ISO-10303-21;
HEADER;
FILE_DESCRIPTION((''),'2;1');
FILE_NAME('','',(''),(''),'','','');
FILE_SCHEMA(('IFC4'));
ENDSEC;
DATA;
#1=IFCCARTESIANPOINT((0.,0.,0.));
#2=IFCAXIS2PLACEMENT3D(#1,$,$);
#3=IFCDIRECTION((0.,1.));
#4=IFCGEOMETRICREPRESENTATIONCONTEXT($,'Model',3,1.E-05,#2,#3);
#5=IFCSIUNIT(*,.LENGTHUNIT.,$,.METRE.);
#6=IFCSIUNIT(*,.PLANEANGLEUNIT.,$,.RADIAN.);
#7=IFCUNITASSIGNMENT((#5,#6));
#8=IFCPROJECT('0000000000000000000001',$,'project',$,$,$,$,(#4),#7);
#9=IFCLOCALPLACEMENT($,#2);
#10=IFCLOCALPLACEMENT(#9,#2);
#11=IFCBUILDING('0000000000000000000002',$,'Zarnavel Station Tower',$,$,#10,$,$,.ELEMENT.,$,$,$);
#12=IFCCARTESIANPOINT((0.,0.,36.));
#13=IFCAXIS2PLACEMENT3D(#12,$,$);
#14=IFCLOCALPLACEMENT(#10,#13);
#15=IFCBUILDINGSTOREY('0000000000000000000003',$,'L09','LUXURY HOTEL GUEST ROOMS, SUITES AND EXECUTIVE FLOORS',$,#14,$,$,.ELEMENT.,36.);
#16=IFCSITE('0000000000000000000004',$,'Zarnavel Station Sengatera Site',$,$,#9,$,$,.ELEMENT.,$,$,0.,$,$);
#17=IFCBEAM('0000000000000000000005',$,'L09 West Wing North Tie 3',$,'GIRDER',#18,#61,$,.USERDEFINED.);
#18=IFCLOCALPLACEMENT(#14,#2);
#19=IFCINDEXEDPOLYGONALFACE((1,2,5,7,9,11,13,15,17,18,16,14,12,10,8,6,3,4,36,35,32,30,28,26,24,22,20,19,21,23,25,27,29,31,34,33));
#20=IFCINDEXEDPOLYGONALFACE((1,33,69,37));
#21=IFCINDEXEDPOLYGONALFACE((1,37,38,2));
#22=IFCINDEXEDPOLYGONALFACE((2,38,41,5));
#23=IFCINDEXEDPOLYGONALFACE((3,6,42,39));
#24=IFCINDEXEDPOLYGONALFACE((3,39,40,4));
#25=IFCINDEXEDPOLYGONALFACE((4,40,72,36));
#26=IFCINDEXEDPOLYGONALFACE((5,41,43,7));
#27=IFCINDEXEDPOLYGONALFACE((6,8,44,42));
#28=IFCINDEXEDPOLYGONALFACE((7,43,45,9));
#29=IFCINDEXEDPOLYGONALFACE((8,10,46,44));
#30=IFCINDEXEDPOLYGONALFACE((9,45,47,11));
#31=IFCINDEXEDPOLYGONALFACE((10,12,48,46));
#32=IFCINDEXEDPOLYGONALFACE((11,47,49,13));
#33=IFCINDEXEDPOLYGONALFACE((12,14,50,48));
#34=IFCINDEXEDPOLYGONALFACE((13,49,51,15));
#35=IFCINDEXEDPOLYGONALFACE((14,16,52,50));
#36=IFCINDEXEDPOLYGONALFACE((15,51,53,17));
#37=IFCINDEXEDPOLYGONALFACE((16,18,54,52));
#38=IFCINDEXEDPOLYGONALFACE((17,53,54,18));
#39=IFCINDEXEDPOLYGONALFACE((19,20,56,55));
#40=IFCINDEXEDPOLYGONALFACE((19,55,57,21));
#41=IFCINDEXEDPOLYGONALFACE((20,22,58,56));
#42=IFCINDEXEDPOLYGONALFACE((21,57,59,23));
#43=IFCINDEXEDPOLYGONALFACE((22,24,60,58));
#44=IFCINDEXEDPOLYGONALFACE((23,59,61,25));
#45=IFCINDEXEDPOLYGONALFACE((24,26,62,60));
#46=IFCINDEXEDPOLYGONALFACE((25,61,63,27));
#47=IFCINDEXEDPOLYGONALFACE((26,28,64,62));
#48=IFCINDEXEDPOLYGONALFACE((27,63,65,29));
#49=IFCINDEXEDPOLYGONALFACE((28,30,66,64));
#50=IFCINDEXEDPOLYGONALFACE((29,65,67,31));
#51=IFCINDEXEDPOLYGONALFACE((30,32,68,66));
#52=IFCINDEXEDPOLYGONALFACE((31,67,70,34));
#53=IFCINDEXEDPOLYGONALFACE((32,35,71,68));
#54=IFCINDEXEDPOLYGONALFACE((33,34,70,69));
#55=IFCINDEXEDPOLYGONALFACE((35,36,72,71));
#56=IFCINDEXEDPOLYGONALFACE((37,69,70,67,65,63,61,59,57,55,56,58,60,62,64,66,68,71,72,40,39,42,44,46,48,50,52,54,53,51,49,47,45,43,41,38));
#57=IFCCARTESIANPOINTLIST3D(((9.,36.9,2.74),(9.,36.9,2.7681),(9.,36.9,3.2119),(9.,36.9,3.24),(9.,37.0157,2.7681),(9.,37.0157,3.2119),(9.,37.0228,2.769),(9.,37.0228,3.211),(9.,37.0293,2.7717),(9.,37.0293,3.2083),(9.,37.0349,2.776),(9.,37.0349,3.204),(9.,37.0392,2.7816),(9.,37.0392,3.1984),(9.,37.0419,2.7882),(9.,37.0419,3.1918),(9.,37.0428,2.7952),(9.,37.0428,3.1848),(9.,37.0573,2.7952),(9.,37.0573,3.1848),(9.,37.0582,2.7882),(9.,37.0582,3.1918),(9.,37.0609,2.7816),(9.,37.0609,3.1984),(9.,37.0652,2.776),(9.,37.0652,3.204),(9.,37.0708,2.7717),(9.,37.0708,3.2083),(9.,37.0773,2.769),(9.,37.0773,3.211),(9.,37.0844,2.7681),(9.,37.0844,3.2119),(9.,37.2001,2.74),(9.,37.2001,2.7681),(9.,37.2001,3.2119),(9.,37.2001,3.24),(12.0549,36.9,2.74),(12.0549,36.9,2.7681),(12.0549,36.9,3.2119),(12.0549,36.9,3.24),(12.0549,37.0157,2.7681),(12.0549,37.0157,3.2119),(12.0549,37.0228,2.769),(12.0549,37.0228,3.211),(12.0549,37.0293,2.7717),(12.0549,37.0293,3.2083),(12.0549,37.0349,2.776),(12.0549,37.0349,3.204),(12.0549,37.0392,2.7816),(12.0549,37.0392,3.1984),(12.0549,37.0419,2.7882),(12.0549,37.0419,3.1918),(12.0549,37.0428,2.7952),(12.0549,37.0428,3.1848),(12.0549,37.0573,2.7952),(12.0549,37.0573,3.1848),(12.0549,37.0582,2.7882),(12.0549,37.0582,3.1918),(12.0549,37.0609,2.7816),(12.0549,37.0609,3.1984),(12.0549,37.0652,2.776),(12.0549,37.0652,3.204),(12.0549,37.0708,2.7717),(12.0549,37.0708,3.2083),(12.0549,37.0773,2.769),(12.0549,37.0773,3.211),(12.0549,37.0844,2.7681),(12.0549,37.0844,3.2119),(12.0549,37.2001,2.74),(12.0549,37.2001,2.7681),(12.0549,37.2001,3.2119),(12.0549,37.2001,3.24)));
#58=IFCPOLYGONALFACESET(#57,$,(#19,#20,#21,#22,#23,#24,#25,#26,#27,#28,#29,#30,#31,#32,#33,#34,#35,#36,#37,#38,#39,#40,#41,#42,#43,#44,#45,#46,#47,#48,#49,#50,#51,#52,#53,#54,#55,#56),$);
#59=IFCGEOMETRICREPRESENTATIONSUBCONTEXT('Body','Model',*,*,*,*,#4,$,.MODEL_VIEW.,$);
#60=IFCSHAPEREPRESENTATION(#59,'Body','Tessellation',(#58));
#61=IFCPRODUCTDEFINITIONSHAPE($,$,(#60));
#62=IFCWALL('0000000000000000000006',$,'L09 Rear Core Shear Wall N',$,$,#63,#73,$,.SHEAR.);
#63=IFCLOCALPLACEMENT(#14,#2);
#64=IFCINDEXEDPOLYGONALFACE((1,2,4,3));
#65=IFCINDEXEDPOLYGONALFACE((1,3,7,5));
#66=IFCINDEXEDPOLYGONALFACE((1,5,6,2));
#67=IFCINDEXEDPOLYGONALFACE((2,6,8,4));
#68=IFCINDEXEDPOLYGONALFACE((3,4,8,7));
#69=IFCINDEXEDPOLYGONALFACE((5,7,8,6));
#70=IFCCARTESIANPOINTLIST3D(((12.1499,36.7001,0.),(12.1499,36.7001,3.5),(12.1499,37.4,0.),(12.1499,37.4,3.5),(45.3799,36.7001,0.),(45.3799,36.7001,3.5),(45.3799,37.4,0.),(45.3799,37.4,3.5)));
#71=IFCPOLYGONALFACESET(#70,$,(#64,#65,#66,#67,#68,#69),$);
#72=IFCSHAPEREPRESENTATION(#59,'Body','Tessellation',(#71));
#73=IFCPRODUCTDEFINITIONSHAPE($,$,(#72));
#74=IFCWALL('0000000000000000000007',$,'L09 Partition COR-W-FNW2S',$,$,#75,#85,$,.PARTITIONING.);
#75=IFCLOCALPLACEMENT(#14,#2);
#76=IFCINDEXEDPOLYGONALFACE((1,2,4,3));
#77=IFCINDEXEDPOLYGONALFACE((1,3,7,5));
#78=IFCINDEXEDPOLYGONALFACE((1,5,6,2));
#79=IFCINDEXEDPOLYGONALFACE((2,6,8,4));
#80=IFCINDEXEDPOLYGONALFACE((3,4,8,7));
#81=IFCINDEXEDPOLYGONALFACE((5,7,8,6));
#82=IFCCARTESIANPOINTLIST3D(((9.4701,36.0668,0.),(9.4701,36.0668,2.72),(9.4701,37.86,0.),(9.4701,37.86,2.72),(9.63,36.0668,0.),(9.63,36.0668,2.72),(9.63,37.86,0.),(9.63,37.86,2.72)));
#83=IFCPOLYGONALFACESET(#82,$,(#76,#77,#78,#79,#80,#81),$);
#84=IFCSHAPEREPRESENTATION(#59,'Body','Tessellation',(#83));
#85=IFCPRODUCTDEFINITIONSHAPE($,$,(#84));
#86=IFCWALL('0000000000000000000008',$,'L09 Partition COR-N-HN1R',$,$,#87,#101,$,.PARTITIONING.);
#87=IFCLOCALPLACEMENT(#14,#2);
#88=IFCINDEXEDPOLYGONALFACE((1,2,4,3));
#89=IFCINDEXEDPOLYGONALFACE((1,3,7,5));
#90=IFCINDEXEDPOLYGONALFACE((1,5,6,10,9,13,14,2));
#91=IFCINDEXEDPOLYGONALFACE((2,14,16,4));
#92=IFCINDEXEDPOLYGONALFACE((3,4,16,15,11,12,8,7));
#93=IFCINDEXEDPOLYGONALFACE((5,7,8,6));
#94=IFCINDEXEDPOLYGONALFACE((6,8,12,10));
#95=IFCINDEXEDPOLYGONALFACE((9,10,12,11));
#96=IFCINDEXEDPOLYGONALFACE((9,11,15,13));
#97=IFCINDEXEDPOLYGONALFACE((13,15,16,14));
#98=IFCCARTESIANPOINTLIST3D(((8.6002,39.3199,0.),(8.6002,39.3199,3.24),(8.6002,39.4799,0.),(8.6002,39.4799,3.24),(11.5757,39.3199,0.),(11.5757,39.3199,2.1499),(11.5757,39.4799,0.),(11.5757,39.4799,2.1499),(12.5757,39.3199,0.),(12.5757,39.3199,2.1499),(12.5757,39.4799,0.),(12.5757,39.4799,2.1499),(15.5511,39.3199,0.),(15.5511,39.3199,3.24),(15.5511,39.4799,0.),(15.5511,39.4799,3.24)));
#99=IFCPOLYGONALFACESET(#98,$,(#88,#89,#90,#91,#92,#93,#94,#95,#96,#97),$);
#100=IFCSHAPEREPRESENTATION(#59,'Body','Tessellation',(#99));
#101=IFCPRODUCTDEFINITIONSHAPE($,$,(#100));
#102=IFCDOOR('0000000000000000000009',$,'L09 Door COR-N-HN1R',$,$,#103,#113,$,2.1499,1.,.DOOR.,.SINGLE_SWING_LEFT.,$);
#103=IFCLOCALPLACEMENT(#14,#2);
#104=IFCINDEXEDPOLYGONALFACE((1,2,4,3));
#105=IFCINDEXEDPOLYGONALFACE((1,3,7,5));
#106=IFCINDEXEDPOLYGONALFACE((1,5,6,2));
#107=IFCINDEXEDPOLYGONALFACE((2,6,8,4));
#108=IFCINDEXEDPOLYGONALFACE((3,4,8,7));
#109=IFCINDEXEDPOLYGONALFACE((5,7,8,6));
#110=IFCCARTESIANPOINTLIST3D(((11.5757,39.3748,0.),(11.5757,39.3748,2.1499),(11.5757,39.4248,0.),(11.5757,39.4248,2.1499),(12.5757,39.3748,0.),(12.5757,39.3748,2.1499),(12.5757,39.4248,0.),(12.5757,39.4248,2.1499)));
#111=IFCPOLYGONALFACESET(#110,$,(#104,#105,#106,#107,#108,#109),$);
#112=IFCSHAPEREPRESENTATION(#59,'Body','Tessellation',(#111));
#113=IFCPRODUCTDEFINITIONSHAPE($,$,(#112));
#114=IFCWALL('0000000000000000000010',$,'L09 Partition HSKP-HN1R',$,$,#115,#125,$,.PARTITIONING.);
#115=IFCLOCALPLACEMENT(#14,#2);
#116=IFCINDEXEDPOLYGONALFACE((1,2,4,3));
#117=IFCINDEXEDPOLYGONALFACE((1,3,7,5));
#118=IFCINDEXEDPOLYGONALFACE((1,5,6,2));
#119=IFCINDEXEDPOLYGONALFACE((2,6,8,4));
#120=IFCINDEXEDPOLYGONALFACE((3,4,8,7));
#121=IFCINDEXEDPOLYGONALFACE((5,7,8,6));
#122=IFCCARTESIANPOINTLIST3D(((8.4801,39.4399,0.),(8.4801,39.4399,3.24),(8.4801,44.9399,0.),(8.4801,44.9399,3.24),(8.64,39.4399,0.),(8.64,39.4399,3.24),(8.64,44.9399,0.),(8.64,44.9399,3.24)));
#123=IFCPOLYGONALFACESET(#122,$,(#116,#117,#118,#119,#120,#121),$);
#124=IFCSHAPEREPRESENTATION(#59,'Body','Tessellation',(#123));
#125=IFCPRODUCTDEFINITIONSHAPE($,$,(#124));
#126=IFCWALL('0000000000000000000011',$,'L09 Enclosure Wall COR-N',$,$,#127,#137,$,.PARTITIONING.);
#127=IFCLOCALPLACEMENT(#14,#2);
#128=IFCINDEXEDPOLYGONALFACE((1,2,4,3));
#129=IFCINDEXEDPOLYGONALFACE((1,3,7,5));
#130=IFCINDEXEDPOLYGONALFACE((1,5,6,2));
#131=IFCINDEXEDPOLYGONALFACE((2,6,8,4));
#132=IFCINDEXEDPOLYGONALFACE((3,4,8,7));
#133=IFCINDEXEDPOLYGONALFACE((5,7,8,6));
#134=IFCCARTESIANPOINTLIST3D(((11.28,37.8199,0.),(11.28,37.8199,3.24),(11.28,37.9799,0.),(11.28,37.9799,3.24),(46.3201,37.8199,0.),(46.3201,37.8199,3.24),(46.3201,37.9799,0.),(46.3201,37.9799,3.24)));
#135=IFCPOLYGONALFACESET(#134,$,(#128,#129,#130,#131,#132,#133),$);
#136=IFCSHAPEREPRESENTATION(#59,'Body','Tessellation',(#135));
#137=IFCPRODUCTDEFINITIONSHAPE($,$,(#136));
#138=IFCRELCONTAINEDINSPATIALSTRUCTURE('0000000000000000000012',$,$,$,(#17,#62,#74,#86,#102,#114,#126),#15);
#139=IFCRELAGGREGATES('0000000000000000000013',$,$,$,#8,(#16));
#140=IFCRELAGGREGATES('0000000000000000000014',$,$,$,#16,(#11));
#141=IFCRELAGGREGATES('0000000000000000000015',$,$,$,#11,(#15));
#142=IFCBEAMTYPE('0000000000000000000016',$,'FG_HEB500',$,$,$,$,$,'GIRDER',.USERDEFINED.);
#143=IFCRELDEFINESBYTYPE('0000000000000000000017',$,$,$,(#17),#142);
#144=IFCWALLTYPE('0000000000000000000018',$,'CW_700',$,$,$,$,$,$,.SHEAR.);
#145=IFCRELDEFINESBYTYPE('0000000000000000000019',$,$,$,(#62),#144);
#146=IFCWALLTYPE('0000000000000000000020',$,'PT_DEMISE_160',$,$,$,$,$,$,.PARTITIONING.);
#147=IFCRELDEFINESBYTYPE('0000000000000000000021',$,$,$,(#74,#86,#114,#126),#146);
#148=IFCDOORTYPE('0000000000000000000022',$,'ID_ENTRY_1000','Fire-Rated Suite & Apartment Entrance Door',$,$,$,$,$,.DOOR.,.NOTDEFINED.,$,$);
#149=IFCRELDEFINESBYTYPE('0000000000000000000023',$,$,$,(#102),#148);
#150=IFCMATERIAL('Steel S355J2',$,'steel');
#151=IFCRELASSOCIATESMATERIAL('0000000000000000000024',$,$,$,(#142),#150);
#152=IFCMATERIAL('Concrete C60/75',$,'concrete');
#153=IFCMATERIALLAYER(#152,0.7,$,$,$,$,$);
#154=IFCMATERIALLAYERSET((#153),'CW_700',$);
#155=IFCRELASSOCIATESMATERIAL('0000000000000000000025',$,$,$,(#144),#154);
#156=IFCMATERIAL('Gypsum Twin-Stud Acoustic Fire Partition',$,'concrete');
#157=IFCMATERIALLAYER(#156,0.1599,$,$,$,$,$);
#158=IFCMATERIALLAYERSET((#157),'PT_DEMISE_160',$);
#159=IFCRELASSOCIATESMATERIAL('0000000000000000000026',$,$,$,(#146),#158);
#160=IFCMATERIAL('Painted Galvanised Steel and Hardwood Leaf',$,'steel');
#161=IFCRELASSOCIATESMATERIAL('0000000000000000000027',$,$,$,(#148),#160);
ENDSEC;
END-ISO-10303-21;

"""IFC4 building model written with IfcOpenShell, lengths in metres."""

from ifc_helpers import new_model, si_unit, direction, frame, frame_2d, origin, origin_2d, place, context, subcontext, project, spatial, rectangle, i_section, extrude, material, layer, layer_set, material_profile, profile_set, type_object, element, fill, save


model = new_model("IFC4")

# Units and contexts
model_context = context("Model", 3, precision=1e-05, world=origin(), true_north=direction((0.0, 1.0)))
body_context = subcontext(model_context, "Body", "Model", "MODEL_VIEW")
ifc_project = project(units=[si_unit("LENGTHUNIT", "METRE"), si_unit("PLANEANGLEUNIT", "RADIAN")], contexts=[model_context])

# Site, building, storey
site_placement = place(None, origin())
site = spatial("IfcSite", under=ifc_project, at=site_placement, Name="Zarnavel Station Sengatera Site", CompositionType="ELEMENT", RefElevation=0.0)
building_placement = place(site_placement, origin())
building = spatial("IfcBuilding", under=site, at=building_placement, Name="Zarnavel Station Tower", CompositionType="ELEMENT")
storey_placement = place(building_placement, frame((0.0, 0.0, 36.0)))
storey = spatial("IfcBuildingStorey", under=building, at=storey_placement, Name="L09", Description="LUXURY HOTEL GUEST ROOMS, SUITES AND EXECUTIVE FLOORS", CompositionType="ELEMENT", Elevation=36.0)

# Beam
ifc_material_1 = material(Name="Steel S355J2", Category="steel")
ifc_material_profile_1 = material_profile(ifc_material_1, i_section(OverallWidth=0.3, OverallDepth=0.5, WebThickness=0.0144, FlangeThickness=0.0281, FilletRadius=0.0271, at=origin_2d()), Name="HEB500")
ifc_profile_set_1 = profile_set([ifc_material_profile_1], Name="Steel S355J2")
beam_type = type_object("IfcBeamType", Name="FG_HEB500", ElementType="GIRDER", PredefinedType="USERDEFINED", material=ifc_profile_set_1)
beam_1_placement = place(storey_placement, frame((9.0, 37.05, 2.99), z_axis=(1.0, 0.0, 0.0), x_axis=(0.0, 1.0, 0.0)))
element("IfcBeam", 1, at=beam_1_placement, inside=storey, type_object=beam_type, Name="L09 West Wing North Tie 3", ObjectType="GIRDER", PredefinedType="USERDEFINED", context=body_context, shape_type="SweptSolid", body=[
    extrude(i_section(OverallWidth=0.3, OverallDepth=0.5, WebThickness=0.0144, FlangeThickness=0.0281, FilletRadius=0.0271, at=origin_2d()), origin(), (0.0, 0.0, 1.0), 3.0549),
])

# Walls
ifc_material_2 = material(Name="Concrete C60/75", Category="concrete")
ifc_layer_1 = layer(ifc_material_2, 0.7)
ifc_layer_set_1 = layer_set([ifc_layer_1], Name="CW_700")
wall_type_1 = type_object("IfcWallType", Name="CW_700", PredefinedType="SHEAR", material=ifc_layer_set_1)
wall_1_placement = place(storey_placement, frame((12.1499, 37.05, 0.0), z_axis=(0.0, 0.0, 1.0), x_axis=(1.0, 0.0, 0.0)))
element("IfcWall", 2, at=wall_1_placement, inside=storey, type_object=wall_type_1, Name="L09 Rear Core Shear Wall N", PredefinedType="SHEAR", context=body_context, shape_type="SweptSolid", body=[
    extrude(rectangle(XDim=33.23, YDim=0.7, at=frame_2d((16.615, 0.0))), origin(), (0.0, 0.0, 1.0), 3.5),
])
ifc_material_3 = material(Name="Gypsum Twin-Stud Acoustic Fire Partition", Category="concrete")
ifc_layer_2 = layer(ifc_material_3, 0.1599)
ifc_layer_set_2 = layer_set([ifc_layer_2], Name="PT_DEMISE_160")
wall_type_2 = type_object("IfcWallType", Name="PT_DEMISE_160", PredefinedType="PARTITIONING", material=ifc_layer_set_2)
wall_2_placement = place(storey_placement, frame((9.55, 36.0669, 0.0), z_axis=(0.0, 0.0, 1.0), x_axis=(0.0, 1.0, 0.0)))
element("IfcWall", 3, at=wall_2_placement, inside=storey, type_object=wall_type_2, Name="L09 Partition COR-W-FNW2S", PredefinedType="PARTITIONING", context=body_context, shape_type="SweptSolid", body=[
    extrude(rectangle(XDim=1.7932, YDim=0.1599, at=frame_2d((0.8965, 0.0))), origin(), (0.0, 0.0, 1.0), 2.72),
])

# Wall, opening, door
wall_3_placement = place(storey_placement, frame((8.6001, 39.3999, 0.0), z_axis=(0.0, 0.0, 1.0), x_axis=(1.0, 0.0, 0.0)))
wall_3 = element("IfcWall", 4, at=wall_3_placement, inside=storey, type_object=wall_type_2, Name="L09 Partition COR-N-HN1R", PredefinedType="PARTITIONING", context=body_context, shape_type="SweptSolid", body=[
    extrude(rectangle(XDim=6.9509, YDim=0.1599, at=frame_2d((3.4756, 0.0))), origin(), (0.0, 0.0, 1.0), 3.24),
])
opening_placement = place(wall_3_placement, frame((2.9756, 0.0, 0.0)))
opening = element("IfcOpeningElement", 5, at=opening_placement, cuts=wall_3, PredefinedType="OPENING", context=body_context, shape_type="SweptSolid", body=[
    extrude(rectangle(XDim=1.0, YDim=2.1499, at=frame_2d((0.5, 1.075))), frame((0.0, 0.0898, 0.0), z_axis=(0.0, -1.0, 0.0), x_axis=(1.0, 0.0, 0.0)), (0.0, 0.0, 1.0), 0.1799),
])
ifc_material_4 = material(Name="Painted Galvanised Steel and Hardwood Leaf", Category="steel")
door_type = type_object("IfcDoorType", Name="ID_ENTRY_1000", Description="Fire-Rated Suite & Apartment Entrance Door", OperationType="NOTDEFINED", PredefinedType="DOOR", material=ifc_material_4)
door_placement = place(opening_placement, origin())
door = element("IfcDoor", 6, at=door_placement, inside=storey, type_object=door_type, Name="L09 Door COR-N-HN1R", OperationType="SINGLE_SWING_LEFT", OverallHeight=2.1499, OverallWidth=1.0, PredefinedType="DOOR", context=body_context, shape_type="SweptSolid", body=[
    extrude(rectangle(XDim=1.0, YDim=2.1499, at=frame_2d((0.5, 1.075))), frame((0.0, 0.0249, 0.0), z_axis=(0.0, -1.0, 0.0), x_axis=(1.0, 0.0, 0.0)), (0.0, 0.0, 1.0), 0.05),
])
fill(opening, door)

# Walls
wall_4_placement = place(storey_placement, frame((8.5601, 39.4399, 0.0), z_axis=(0.0, 0.0, 1.0), x_axis=(0.0, 1.0, 0.0)))
element("IfcWall", 7, at=wall_4_placement, inside=storey, type_object=wall_type_2, Name="L09 Partition HSKP-HN1R", PredefinedType="PARTITIONING", context=body_context, shape_type="SweptSolid", body=[
    extrude(rectangle(XDim=5.5, YDim=0.1599, at=frame_2d((2.75, 0.0))), origin(), (0.0, 0.0, 1.0), 3.24),
])
wall_5_placement = place(storey_placement, frame((11.28, 37.8999, 0.0), z_axis=(0.0, 0.0, 1.0), x_axis=(1.0, 0.0, 0.0)))
element("IfcWall", 8, at=wall_5_placement, inside=storey, type_object=wall_type_2, Name="L09 Enclosure Wall COR-N", PredefinedType="PARTITIONING", context=body_context, shape_type="SweptSolid", body=[
    extrude(rectangle(XDim=35.04, YDim=0.1599, at=frame_2d((17.52, 0.0))), origin(), (0.0, 0.0, 1.0), 3.24),
])

save(model, "model.ifc")
